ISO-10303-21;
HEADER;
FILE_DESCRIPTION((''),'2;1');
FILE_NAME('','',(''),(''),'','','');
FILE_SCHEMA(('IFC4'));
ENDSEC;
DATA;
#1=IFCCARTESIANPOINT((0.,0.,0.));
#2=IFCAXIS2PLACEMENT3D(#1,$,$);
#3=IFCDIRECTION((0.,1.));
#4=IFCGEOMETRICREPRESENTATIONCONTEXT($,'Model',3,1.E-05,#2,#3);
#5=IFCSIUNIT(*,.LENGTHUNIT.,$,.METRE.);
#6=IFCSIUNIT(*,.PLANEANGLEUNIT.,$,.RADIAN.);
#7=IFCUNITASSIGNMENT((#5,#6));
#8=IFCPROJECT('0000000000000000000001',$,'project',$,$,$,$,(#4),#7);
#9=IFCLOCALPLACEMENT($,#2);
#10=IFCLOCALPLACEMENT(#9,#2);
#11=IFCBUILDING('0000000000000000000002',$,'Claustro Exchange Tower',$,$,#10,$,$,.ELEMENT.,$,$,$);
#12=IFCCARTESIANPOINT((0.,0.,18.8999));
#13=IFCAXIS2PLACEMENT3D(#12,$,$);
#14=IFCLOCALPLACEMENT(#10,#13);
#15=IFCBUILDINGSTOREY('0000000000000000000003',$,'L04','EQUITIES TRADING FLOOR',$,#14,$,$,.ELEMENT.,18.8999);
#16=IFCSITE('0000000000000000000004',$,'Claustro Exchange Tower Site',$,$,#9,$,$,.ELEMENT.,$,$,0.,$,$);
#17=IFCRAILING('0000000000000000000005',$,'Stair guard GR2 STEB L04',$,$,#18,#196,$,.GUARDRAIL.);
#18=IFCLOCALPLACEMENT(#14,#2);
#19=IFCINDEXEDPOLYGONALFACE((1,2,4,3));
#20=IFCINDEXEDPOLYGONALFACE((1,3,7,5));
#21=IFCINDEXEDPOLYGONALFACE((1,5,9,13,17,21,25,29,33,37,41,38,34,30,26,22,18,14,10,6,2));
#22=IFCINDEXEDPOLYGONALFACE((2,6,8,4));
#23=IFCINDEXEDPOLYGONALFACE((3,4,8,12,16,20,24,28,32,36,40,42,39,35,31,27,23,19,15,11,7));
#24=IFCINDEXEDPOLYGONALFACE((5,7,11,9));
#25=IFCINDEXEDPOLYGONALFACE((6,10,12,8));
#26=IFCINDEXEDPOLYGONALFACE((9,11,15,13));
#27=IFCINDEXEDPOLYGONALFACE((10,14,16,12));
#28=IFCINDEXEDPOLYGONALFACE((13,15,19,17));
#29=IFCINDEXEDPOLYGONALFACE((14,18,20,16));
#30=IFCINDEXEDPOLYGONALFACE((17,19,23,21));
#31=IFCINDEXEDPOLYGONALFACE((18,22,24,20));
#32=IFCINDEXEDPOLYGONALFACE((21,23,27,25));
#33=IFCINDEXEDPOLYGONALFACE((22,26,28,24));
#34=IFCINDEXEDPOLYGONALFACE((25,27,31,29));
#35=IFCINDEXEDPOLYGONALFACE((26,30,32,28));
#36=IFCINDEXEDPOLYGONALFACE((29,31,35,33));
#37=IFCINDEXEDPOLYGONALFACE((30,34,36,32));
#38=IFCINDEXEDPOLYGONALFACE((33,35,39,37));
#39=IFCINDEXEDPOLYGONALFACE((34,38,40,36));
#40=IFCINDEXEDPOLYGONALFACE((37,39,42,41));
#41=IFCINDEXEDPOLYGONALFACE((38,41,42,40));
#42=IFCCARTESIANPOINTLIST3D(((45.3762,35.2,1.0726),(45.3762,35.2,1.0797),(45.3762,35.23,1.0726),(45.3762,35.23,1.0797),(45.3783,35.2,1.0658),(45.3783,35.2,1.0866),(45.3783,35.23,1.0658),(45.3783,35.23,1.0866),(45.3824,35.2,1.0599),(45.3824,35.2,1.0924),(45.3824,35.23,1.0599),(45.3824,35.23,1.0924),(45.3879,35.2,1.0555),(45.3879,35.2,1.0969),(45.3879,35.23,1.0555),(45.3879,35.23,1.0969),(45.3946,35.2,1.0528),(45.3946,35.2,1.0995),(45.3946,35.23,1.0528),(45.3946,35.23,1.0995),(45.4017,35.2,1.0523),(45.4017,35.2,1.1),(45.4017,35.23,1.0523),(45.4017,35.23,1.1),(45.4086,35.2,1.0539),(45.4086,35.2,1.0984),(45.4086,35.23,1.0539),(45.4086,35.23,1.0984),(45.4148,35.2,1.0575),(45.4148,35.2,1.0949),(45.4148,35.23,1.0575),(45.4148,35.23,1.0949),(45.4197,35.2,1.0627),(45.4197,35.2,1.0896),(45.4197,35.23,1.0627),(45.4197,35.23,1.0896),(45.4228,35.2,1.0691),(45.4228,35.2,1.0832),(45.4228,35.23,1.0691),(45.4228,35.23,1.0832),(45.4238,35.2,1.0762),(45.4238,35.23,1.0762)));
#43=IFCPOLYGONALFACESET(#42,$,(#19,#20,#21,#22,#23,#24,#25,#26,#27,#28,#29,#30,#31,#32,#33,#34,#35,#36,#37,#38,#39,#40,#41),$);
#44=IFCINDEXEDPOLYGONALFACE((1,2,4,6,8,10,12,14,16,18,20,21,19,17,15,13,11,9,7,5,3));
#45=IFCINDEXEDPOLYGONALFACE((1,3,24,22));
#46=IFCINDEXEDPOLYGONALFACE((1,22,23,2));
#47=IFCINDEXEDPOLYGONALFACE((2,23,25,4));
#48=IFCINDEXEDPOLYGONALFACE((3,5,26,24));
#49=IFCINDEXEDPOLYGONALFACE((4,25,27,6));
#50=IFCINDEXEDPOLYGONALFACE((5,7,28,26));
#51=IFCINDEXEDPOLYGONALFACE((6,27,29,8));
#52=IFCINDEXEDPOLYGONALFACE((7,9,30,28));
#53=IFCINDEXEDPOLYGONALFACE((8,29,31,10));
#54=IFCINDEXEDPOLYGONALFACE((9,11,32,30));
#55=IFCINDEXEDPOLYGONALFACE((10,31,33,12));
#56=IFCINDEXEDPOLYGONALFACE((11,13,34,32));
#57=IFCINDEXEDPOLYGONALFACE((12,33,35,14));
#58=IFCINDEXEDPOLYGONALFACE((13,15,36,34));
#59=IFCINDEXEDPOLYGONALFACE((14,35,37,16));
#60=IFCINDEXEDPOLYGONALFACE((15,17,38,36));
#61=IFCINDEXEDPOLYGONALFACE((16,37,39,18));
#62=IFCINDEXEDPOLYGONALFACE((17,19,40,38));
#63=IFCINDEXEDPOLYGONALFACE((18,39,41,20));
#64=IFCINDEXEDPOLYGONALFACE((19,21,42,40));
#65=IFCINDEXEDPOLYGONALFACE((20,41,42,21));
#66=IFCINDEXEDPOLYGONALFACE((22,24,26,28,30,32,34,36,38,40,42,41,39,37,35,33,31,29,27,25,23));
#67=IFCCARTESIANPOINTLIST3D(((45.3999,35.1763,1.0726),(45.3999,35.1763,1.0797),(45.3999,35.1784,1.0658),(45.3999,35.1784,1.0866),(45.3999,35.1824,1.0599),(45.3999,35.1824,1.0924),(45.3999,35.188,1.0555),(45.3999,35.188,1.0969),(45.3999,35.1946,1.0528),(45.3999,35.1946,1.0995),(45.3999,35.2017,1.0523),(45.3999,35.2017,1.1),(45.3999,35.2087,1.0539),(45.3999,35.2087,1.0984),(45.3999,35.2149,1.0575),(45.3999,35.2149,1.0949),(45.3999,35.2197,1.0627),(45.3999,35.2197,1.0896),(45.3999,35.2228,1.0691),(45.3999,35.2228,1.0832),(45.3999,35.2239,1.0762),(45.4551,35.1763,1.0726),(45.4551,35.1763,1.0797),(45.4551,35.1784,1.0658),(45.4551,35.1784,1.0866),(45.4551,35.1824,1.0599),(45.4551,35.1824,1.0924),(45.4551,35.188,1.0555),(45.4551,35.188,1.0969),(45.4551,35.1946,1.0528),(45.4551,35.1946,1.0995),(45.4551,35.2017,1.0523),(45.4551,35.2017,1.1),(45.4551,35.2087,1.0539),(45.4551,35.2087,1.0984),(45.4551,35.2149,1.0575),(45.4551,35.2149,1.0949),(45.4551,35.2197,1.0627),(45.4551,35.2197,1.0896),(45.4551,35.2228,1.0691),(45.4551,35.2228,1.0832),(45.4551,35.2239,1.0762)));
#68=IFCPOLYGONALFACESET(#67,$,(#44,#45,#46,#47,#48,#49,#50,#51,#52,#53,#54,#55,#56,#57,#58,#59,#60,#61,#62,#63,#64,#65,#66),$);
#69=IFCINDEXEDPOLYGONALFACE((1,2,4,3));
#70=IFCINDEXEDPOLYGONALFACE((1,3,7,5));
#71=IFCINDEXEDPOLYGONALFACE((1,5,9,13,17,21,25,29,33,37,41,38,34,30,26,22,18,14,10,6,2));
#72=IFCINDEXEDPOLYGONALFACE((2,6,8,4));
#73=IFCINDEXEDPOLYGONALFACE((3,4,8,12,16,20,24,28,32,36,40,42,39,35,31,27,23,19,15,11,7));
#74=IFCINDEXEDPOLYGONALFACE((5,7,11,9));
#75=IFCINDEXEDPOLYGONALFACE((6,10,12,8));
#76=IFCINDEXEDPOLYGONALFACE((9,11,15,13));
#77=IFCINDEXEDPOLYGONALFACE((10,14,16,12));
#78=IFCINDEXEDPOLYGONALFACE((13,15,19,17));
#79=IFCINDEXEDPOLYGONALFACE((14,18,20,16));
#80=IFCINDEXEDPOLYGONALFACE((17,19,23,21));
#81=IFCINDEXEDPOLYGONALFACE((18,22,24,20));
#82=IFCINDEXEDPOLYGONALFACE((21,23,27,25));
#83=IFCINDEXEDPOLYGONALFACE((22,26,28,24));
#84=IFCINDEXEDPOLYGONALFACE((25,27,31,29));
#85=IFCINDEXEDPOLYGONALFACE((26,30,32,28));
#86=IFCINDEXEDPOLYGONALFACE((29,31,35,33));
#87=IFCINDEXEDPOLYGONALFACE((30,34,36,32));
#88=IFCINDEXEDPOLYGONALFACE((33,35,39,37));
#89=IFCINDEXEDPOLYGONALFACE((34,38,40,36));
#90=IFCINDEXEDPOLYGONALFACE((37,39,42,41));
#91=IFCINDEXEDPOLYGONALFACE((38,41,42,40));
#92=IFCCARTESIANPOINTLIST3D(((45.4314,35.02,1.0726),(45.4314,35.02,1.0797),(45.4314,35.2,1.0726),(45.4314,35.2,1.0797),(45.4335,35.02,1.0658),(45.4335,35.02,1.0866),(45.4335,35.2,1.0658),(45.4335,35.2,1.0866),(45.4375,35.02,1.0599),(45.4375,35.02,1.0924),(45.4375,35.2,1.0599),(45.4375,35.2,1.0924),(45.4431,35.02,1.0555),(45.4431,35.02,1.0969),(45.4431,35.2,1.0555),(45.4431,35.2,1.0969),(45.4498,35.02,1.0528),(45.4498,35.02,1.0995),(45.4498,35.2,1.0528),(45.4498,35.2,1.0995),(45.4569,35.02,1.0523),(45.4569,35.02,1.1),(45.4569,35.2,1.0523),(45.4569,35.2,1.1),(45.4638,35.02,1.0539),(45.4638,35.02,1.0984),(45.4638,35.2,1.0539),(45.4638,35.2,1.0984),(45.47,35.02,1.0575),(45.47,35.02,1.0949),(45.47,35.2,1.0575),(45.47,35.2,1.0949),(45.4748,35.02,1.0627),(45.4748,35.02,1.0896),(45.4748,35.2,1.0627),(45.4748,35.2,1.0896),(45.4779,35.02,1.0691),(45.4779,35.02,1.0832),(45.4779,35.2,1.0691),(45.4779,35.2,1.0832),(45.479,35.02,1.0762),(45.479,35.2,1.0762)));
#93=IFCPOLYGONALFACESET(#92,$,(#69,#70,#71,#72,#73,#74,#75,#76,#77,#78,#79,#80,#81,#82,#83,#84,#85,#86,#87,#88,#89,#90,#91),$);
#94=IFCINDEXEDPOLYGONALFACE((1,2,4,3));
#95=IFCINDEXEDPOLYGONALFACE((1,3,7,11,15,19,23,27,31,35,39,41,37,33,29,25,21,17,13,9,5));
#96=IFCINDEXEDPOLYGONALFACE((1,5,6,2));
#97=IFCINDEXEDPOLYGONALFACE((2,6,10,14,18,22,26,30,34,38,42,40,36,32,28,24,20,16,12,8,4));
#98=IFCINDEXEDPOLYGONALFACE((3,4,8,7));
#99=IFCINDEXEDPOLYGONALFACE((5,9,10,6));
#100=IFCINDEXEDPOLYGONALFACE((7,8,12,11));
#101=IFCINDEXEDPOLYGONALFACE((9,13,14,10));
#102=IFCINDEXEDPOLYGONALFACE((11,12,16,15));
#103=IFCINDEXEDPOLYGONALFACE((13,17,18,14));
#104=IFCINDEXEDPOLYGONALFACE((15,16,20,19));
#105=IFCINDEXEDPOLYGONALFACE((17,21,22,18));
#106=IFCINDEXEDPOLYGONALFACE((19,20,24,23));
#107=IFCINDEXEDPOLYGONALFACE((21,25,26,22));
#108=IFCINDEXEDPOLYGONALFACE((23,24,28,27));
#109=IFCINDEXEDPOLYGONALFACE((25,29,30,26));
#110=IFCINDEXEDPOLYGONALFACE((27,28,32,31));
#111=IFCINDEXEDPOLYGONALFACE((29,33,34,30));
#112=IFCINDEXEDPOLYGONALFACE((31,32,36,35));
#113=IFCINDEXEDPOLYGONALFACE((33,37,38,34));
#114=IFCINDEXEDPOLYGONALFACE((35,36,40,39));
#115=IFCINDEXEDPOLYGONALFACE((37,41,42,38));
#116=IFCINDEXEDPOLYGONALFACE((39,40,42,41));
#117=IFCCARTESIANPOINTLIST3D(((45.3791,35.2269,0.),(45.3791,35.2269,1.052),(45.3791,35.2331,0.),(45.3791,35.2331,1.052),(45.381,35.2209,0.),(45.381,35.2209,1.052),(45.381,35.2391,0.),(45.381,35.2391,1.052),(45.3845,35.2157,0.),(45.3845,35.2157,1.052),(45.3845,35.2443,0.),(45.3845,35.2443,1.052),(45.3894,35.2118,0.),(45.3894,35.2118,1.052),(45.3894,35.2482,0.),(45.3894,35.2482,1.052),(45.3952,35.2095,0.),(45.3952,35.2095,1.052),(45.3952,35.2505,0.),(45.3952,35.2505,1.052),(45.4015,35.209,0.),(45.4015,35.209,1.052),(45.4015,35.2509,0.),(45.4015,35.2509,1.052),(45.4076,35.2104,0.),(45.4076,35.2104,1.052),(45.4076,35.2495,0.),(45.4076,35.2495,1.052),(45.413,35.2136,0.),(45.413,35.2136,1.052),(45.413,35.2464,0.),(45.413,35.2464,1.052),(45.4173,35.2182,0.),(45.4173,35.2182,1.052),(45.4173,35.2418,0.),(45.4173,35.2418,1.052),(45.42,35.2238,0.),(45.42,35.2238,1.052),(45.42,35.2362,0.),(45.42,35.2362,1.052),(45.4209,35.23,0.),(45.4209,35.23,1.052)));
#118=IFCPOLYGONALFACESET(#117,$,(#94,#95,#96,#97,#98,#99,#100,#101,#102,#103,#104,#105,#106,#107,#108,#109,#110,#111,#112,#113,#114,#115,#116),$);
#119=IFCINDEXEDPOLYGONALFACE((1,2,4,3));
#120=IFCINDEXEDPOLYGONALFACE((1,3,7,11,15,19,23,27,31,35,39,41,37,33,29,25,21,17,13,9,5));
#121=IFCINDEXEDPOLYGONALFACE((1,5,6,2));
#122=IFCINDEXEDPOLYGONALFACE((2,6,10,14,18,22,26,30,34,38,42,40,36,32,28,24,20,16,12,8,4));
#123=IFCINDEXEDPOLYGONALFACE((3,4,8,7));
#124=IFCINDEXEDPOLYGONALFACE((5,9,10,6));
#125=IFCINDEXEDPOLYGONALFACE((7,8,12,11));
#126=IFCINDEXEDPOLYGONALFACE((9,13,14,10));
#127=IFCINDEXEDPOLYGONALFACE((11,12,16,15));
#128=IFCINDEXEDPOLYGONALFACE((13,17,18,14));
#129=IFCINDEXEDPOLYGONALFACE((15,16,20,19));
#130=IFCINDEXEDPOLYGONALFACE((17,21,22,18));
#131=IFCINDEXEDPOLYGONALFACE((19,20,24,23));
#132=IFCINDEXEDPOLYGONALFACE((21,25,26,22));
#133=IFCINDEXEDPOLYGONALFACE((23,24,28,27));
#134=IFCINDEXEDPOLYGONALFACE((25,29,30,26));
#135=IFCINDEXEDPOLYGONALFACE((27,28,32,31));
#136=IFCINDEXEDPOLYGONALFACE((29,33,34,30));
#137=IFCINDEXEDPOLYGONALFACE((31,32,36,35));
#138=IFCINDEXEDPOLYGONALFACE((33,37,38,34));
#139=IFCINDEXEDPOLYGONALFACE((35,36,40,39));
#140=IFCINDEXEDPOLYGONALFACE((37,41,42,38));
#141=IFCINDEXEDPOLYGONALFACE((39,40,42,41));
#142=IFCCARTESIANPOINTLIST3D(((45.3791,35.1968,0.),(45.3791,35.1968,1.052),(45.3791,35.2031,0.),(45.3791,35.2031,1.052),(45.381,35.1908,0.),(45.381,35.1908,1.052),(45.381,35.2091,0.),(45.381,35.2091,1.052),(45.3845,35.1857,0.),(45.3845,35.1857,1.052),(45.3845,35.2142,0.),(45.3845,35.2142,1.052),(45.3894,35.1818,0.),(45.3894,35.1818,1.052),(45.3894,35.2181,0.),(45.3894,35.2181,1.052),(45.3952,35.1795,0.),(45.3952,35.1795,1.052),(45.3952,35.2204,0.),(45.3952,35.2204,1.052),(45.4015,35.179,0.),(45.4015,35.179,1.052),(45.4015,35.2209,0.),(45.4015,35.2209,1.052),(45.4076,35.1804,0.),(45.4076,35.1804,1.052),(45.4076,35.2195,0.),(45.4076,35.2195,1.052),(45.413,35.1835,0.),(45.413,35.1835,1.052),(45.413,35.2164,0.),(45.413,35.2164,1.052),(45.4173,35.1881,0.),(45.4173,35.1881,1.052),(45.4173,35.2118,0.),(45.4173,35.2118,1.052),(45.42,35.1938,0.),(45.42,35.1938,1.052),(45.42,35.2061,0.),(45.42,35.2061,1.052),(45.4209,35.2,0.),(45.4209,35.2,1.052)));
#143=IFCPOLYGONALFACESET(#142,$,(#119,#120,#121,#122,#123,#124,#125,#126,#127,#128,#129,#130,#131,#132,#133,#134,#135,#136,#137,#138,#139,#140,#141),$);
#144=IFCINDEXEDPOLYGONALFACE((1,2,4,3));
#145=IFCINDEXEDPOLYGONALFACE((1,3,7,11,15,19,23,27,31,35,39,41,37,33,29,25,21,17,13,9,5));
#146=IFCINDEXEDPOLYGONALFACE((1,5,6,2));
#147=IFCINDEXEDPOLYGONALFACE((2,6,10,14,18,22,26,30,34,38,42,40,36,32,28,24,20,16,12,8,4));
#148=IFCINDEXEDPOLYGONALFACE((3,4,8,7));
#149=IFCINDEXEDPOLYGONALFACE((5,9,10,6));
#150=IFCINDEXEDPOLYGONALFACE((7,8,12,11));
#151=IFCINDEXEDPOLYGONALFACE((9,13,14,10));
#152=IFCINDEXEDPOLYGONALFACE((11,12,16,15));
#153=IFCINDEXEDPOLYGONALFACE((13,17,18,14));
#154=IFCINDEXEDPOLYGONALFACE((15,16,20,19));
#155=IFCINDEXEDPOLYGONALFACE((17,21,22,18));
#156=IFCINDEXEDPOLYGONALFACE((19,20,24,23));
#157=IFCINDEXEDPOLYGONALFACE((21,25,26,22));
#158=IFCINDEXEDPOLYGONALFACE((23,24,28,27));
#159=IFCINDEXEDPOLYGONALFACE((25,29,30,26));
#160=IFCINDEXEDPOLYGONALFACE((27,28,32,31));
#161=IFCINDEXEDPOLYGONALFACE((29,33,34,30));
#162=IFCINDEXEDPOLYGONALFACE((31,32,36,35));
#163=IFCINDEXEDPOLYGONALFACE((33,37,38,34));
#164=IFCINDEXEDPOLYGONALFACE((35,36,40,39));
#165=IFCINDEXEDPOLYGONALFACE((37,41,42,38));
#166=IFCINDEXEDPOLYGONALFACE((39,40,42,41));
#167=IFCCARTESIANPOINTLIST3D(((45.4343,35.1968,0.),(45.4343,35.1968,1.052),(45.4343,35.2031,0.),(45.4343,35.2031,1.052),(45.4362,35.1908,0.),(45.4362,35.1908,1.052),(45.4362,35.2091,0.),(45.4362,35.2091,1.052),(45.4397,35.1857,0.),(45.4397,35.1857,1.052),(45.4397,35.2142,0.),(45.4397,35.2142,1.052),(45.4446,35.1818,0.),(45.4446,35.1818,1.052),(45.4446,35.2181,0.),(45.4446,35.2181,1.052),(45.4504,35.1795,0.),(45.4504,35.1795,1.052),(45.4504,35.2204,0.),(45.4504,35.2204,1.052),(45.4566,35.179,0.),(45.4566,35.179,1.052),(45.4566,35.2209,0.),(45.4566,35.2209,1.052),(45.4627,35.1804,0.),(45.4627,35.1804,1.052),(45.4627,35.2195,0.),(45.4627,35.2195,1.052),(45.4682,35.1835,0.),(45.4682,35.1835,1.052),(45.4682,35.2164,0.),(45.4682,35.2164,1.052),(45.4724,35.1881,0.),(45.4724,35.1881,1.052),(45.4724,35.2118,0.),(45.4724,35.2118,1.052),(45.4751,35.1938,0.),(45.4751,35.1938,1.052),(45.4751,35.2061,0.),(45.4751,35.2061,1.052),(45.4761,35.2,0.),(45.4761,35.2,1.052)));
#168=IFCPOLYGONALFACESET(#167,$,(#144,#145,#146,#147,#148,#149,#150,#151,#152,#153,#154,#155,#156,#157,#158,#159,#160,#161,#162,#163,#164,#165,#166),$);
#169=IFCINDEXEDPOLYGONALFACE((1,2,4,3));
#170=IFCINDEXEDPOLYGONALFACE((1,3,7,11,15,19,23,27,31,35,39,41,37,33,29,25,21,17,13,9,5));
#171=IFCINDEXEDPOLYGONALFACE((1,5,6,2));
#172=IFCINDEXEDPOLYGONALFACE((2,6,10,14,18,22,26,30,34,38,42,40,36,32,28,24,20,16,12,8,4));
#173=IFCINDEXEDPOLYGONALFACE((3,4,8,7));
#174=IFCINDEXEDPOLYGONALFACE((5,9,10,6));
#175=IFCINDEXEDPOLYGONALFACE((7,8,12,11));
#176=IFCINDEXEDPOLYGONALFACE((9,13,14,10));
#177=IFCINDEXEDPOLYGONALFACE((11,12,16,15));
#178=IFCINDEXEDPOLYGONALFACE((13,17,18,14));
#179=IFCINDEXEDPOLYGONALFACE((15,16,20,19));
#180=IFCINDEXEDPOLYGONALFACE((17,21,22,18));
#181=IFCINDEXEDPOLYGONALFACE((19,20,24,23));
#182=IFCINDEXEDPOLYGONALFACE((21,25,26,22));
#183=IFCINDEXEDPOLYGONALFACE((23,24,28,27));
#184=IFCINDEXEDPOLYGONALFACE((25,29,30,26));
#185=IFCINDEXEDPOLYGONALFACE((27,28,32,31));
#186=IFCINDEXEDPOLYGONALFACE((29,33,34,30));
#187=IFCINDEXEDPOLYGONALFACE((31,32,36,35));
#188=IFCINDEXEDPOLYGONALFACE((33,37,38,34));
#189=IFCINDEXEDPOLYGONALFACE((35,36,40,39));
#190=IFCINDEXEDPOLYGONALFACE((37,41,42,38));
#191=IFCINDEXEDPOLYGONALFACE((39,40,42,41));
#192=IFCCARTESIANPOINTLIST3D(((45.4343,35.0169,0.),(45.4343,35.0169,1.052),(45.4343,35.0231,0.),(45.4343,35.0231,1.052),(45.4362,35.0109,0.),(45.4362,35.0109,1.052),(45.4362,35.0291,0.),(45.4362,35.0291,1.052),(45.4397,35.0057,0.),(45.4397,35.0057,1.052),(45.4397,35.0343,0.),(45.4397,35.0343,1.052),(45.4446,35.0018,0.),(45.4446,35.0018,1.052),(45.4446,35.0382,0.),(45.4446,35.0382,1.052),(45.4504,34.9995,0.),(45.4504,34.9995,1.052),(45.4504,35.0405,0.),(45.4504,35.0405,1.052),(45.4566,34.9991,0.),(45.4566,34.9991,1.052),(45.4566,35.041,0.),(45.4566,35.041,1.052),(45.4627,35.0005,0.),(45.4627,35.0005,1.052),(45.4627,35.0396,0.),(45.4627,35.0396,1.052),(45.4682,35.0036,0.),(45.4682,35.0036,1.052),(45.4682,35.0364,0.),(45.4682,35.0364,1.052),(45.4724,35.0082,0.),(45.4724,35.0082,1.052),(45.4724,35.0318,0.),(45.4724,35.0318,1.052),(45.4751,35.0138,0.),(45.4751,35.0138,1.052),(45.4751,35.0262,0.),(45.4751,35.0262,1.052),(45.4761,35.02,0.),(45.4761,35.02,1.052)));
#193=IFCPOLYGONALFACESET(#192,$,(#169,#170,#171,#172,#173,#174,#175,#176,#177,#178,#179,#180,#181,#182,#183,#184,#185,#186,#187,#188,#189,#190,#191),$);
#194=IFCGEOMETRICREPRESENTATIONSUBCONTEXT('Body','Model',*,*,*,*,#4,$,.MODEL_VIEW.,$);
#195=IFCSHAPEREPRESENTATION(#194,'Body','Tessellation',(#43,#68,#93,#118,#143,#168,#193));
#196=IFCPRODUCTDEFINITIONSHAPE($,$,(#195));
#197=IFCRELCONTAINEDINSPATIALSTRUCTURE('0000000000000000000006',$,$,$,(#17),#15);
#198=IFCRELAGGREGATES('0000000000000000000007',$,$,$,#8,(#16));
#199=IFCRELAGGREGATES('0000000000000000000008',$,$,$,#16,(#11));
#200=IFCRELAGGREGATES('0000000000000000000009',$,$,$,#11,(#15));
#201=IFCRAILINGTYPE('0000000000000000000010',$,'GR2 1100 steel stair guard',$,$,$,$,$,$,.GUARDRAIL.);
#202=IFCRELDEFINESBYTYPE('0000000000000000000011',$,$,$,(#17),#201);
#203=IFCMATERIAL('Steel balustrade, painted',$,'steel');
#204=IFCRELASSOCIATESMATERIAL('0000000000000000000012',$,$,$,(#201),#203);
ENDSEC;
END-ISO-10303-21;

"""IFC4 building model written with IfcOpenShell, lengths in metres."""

from ifc_helpers import new_model, si_unit, direction, frame, origin, origin_2d, place, context, subcontext, project, spatial, circle, extrude, material, type_object, element, save


model = new_model("IFC4")

# Units and contexts
model_context = context("Model", 3, precision=1e-05, world=origin(), true_north=direction((0.0, 1.0)))
body_context = subcontext(model_context, "Body", "Model", "MODEL_VIEW")
ifc_project = project(units=[si_unit("LENGTHUNIT", "METRE"), si_unit("PLANEANGLEUNIT", "RADIAN")], contexts=[model_context])

# Site, building, storey
site_placement = place(None, origin())
site = spatial("IfcSite", under=ifc_project, at=site_placement, Name="Claustro Exchange Tower Site", CompositionType="ELEMENT", RefElevation=0.0)
building_placement = place(site_placement, origin())
building = spatial("IfcBuilding", under=site, at=building_placement, Name="Claustro Exchange Tower", CompositionType="ELEMENT")
storey_placement = place(building_placement, frame((0.0, 0.0, 18.8999)))
storey = spatial("IfcBuildingStorey", under=building, at=storey_placement, Name="L04", Description="EQUITIES TRADING FLOOR", CompositionType="ELEMENT", Elevation=18.8999)

# Railing
ifc_material_1 = material(Name="Steel balustrade, painted", Category="steel")
railing_type_1 = type_object("IfcRailingType", Name="GR2 1100 steel stair guard", PredefinedType="GUARDRAIL", material=ifc_material_1)
railing_1_placement = place(storey_placement, frame((45.3999, 35.23, 0.0)))
element("IfcRailing", 1, at=railing_1_placement, inside=storey, type_object=railing_type_1, Name="Stair guard GR2 STEB L04", PredefinedType="GUARDRAIL", context=body_context, shape_type="SweptSolid", body=[
    extrude(circle(Radius=0.0239, at=origin_2d()), frame((0.0, 0.0, 1.0762), z_axis=(0.0, -1.0, 0.0), x_axis=(1.0, 0.0, 0.0)), (0.0, 0.0, 1.0), 0.03),
    extrude(circle(Radius=0.0239, at=origin_2d()), frame((0.0, -0.03, 1.0762), z_axis=(1.0, 0.0, 0.0), x_axis=(0.0, 1.0, 0.0)), (0.0, 0.0, 1.0), 0.0552),
    extrude(circle(Radius=0.0239, at=origin_2d()), frame((0.0552, -0.03, 1.0762), z_axis=(0.0, -1.0, 0.0), x_axis=(1.0, 0.0, 0.0)), (0.0, 0.0, 1.0), 0.1799),
    extrude(circle(Radius=0.021, at=origin_2d()), origin(), (0.0, 0.0, 1.0), 1.052),
    extrude(circle(Radius=0.021, at=origin_2d()), frame((0.0, -0.03, 0.0)), (0.0, 0.0, 1.0), 1.052),
    extrude(circle(Radius=0.021, at=origin_2d()), frame((0.0552, -0.03, 0.0)), (0.0, 0.0, 1.0), 1.052),
    extrude(circle(Radius=0.021, at=origin_2d()), frame((0.0552, -0.21, 0.0)), (0.0, 0.0, 1.0), 1.052),
])

save(model, "model.ifc")
